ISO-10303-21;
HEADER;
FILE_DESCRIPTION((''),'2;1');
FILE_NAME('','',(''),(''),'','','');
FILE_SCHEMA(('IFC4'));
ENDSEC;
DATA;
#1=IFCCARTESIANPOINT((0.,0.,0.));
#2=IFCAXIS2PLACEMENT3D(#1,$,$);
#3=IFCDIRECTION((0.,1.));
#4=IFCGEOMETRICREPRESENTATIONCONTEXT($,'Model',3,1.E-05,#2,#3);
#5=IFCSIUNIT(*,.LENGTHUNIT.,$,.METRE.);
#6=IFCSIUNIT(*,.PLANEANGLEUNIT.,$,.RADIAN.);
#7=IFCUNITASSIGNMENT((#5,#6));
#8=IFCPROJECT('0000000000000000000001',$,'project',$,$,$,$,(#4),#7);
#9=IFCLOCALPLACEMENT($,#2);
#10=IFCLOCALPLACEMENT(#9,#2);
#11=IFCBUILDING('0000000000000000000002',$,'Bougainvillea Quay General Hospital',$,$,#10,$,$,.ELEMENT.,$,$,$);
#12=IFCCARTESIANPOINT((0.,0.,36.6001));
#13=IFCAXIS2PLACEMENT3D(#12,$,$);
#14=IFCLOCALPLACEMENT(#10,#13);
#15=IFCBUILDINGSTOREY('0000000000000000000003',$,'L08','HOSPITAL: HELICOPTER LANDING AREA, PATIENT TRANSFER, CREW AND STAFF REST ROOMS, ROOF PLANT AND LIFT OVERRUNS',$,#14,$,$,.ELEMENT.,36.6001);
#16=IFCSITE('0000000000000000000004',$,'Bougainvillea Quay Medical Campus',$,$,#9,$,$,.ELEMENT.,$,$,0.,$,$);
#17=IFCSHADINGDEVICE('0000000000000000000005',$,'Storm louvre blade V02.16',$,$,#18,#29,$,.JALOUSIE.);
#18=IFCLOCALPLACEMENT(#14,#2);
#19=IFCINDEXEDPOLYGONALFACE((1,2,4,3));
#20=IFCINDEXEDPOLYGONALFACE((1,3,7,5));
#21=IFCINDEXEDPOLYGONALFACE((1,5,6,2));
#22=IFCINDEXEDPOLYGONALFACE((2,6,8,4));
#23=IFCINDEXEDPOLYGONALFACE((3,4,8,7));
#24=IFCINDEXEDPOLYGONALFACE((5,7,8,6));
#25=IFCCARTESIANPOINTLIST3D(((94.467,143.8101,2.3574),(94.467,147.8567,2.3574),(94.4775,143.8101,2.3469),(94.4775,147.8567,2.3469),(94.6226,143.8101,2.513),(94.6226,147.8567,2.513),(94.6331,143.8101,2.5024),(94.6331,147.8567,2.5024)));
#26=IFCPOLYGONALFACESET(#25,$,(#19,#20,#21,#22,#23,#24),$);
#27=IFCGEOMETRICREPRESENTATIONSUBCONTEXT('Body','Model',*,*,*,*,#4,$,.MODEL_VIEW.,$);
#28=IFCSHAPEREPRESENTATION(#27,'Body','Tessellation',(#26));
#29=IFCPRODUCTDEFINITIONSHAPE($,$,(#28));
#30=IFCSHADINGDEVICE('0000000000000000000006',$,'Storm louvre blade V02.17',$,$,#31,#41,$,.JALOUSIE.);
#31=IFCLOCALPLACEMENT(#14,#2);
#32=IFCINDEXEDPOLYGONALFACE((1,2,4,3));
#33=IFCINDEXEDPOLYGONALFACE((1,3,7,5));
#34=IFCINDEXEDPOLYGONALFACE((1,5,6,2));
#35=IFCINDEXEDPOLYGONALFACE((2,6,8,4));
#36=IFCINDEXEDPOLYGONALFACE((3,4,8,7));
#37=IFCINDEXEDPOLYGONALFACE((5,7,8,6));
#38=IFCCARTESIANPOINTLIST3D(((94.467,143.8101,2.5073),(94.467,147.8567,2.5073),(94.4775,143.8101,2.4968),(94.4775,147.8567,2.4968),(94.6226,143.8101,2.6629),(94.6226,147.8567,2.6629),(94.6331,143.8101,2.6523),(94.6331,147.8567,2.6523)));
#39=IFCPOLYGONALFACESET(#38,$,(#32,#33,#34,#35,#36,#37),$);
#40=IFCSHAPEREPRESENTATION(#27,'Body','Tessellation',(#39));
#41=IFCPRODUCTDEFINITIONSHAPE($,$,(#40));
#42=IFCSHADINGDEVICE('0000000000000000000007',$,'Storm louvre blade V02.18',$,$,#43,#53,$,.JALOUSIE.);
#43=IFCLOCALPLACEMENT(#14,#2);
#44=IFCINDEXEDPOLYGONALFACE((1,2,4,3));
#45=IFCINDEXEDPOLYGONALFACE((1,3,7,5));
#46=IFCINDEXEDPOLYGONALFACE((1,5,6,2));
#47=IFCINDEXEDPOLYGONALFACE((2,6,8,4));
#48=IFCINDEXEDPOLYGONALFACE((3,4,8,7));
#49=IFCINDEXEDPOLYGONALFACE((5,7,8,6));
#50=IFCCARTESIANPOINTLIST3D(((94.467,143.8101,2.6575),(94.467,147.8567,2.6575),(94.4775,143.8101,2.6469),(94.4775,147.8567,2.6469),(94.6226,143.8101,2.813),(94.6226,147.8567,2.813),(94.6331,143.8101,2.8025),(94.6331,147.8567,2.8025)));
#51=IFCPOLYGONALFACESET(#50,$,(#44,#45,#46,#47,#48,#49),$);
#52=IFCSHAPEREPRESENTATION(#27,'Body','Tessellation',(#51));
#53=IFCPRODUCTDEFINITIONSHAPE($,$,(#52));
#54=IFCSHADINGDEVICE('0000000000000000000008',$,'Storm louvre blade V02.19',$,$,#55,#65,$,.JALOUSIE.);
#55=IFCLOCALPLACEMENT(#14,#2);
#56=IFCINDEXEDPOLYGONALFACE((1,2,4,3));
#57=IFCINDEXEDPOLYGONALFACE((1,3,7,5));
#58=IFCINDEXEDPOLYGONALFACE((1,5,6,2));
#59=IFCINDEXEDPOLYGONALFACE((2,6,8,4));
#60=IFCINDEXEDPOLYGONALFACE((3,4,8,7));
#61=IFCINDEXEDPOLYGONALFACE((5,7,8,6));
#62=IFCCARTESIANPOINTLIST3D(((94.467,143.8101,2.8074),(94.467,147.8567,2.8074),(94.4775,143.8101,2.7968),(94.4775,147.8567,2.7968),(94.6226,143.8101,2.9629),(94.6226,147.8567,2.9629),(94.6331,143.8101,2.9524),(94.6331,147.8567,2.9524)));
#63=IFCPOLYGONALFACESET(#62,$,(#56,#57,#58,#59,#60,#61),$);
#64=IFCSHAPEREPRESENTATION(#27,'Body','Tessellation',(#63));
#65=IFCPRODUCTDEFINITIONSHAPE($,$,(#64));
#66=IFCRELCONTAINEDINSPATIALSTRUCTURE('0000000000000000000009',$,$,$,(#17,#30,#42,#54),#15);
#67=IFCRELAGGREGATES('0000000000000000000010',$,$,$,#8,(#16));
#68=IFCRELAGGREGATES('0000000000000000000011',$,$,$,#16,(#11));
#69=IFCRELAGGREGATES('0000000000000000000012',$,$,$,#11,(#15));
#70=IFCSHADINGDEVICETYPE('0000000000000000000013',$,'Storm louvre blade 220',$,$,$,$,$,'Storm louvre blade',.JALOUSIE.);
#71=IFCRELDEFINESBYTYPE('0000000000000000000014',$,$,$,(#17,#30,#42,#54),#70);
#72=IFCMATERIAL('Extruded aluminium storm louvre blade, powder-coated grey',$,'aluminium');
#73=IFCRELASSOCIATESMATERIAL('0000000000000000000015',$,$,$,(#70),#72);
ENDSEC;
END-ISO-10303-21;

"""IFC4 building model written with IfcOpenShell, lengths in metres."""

from ifc_helpers import new_model, si_unit, direction, frame, origin, origin_2d, place, context, subcontext, project, spatial, rectangle, extrude, material, material_profile, profile_set, type_object, element, save


model = new_model("IFC4")

# Units and contexts
model_context = context("Model", 3, precision=1e-05, world=origin(), true_north=direction((0.0, 1.0)))
body_context = subcontext(model_context, "Body", "Model", "MODEL_VIEW")
ifc_project = project(units=[si_unit("LENGTHUNIT", "METRE"), si_unit("PLANEANGLEUNIT", "RADIAN")], contexts=[model_context])

# Site, building, storey
site_placement = place(None, origin())
site = spatial("IfcSite", under=ifc_project, at=site_placement, Name="Bougainvillea Quay Medical Campus", CompositionType="ELEMENT", RefElevation=0.0)
building_placement = place(site_placement, origin())
building = spatial("IfcBuilding", under=site, at=building_placement, Name="Bougainvillea Quay General Hospital", CompositionType="ELEMENT")
storey_placement = place(building_placement, frame((0.0, 0.0, 36.6001)))
storey = spatial("IfcBuildingStorey", under=building, at=storey_placement, Name="L08", Description="HOSPITAL: HELICOPTER LANDING AREA, PATIENT TRANSFER, CREW AND STAFF REST ROOMS, ROOF PLANT AND LIFT OVERRUNS", CompositionType="ELEMENT", Elevation=36.6001)

# Shading devices
ifc_material_1 = material(Name="Extruded aluminium storm louvre blade, powder-coated grey", Category="aluminium")
ifc_material_profile_1 = material_profile(ifc_material_1, rectangle(XDim=0.22, YDim=0.0149, at=origin_2d()))
ifc_profile_set_1 = profile_set([ifc_material_profile_1], Name="Extruded aluminium storm louvre blade, powder-coated grey")
shading_device_type_1 = type_object("IfcShadingDeviceType", Name="Storm louvre blade 220", ElementType="Storm louvre blade", PredefinedType="JALOUSIE", material=ifc_profile_set_1)
for number, where, z_axis, x_axis, name in (
    (1, (94.55, 147.8567, 2.4299), (0.0, -1.0, 0.0), (0.707107, 0.0, 0.707107), "Storm louvre blade V02.16"),
    (2, (94.55, 147.8567, 2.5798), (0.0, -1.0, 0.0), (0.707107, 0.0, 0.707107), "Storm louvre blade V02.17"),
    (3, (94.55, 147.8567, 2.73), (0.0, -1.0, 0.0), (0.707107, 0.0, 0.707107), "Storm louvre blade V02.18"),
    (4, (94.55, 147.8567, 2.8799), (0.0, -1.0, 0.0), (0.707107, 0.0, 0.707107), "Storm louvre blade V02.19"),
):
    element("IfcShadingDevice", number, at=place(storey_placement, frame(where, z_axis=z_axis, x_axis=x_axis)), inside=storey, type_object=shading_device_type_1, Name=name, PredefinedType="JALOUSIE", context=body_context, shape_type="SweptSolid", body=[
        extrude(rectangle(XDim=0.22, YDim=0.0149, at=origin_2d()), origin(), (0.0, 0.0, 1.0), 4.0466),
    ])

save(model, "model.ifc")
